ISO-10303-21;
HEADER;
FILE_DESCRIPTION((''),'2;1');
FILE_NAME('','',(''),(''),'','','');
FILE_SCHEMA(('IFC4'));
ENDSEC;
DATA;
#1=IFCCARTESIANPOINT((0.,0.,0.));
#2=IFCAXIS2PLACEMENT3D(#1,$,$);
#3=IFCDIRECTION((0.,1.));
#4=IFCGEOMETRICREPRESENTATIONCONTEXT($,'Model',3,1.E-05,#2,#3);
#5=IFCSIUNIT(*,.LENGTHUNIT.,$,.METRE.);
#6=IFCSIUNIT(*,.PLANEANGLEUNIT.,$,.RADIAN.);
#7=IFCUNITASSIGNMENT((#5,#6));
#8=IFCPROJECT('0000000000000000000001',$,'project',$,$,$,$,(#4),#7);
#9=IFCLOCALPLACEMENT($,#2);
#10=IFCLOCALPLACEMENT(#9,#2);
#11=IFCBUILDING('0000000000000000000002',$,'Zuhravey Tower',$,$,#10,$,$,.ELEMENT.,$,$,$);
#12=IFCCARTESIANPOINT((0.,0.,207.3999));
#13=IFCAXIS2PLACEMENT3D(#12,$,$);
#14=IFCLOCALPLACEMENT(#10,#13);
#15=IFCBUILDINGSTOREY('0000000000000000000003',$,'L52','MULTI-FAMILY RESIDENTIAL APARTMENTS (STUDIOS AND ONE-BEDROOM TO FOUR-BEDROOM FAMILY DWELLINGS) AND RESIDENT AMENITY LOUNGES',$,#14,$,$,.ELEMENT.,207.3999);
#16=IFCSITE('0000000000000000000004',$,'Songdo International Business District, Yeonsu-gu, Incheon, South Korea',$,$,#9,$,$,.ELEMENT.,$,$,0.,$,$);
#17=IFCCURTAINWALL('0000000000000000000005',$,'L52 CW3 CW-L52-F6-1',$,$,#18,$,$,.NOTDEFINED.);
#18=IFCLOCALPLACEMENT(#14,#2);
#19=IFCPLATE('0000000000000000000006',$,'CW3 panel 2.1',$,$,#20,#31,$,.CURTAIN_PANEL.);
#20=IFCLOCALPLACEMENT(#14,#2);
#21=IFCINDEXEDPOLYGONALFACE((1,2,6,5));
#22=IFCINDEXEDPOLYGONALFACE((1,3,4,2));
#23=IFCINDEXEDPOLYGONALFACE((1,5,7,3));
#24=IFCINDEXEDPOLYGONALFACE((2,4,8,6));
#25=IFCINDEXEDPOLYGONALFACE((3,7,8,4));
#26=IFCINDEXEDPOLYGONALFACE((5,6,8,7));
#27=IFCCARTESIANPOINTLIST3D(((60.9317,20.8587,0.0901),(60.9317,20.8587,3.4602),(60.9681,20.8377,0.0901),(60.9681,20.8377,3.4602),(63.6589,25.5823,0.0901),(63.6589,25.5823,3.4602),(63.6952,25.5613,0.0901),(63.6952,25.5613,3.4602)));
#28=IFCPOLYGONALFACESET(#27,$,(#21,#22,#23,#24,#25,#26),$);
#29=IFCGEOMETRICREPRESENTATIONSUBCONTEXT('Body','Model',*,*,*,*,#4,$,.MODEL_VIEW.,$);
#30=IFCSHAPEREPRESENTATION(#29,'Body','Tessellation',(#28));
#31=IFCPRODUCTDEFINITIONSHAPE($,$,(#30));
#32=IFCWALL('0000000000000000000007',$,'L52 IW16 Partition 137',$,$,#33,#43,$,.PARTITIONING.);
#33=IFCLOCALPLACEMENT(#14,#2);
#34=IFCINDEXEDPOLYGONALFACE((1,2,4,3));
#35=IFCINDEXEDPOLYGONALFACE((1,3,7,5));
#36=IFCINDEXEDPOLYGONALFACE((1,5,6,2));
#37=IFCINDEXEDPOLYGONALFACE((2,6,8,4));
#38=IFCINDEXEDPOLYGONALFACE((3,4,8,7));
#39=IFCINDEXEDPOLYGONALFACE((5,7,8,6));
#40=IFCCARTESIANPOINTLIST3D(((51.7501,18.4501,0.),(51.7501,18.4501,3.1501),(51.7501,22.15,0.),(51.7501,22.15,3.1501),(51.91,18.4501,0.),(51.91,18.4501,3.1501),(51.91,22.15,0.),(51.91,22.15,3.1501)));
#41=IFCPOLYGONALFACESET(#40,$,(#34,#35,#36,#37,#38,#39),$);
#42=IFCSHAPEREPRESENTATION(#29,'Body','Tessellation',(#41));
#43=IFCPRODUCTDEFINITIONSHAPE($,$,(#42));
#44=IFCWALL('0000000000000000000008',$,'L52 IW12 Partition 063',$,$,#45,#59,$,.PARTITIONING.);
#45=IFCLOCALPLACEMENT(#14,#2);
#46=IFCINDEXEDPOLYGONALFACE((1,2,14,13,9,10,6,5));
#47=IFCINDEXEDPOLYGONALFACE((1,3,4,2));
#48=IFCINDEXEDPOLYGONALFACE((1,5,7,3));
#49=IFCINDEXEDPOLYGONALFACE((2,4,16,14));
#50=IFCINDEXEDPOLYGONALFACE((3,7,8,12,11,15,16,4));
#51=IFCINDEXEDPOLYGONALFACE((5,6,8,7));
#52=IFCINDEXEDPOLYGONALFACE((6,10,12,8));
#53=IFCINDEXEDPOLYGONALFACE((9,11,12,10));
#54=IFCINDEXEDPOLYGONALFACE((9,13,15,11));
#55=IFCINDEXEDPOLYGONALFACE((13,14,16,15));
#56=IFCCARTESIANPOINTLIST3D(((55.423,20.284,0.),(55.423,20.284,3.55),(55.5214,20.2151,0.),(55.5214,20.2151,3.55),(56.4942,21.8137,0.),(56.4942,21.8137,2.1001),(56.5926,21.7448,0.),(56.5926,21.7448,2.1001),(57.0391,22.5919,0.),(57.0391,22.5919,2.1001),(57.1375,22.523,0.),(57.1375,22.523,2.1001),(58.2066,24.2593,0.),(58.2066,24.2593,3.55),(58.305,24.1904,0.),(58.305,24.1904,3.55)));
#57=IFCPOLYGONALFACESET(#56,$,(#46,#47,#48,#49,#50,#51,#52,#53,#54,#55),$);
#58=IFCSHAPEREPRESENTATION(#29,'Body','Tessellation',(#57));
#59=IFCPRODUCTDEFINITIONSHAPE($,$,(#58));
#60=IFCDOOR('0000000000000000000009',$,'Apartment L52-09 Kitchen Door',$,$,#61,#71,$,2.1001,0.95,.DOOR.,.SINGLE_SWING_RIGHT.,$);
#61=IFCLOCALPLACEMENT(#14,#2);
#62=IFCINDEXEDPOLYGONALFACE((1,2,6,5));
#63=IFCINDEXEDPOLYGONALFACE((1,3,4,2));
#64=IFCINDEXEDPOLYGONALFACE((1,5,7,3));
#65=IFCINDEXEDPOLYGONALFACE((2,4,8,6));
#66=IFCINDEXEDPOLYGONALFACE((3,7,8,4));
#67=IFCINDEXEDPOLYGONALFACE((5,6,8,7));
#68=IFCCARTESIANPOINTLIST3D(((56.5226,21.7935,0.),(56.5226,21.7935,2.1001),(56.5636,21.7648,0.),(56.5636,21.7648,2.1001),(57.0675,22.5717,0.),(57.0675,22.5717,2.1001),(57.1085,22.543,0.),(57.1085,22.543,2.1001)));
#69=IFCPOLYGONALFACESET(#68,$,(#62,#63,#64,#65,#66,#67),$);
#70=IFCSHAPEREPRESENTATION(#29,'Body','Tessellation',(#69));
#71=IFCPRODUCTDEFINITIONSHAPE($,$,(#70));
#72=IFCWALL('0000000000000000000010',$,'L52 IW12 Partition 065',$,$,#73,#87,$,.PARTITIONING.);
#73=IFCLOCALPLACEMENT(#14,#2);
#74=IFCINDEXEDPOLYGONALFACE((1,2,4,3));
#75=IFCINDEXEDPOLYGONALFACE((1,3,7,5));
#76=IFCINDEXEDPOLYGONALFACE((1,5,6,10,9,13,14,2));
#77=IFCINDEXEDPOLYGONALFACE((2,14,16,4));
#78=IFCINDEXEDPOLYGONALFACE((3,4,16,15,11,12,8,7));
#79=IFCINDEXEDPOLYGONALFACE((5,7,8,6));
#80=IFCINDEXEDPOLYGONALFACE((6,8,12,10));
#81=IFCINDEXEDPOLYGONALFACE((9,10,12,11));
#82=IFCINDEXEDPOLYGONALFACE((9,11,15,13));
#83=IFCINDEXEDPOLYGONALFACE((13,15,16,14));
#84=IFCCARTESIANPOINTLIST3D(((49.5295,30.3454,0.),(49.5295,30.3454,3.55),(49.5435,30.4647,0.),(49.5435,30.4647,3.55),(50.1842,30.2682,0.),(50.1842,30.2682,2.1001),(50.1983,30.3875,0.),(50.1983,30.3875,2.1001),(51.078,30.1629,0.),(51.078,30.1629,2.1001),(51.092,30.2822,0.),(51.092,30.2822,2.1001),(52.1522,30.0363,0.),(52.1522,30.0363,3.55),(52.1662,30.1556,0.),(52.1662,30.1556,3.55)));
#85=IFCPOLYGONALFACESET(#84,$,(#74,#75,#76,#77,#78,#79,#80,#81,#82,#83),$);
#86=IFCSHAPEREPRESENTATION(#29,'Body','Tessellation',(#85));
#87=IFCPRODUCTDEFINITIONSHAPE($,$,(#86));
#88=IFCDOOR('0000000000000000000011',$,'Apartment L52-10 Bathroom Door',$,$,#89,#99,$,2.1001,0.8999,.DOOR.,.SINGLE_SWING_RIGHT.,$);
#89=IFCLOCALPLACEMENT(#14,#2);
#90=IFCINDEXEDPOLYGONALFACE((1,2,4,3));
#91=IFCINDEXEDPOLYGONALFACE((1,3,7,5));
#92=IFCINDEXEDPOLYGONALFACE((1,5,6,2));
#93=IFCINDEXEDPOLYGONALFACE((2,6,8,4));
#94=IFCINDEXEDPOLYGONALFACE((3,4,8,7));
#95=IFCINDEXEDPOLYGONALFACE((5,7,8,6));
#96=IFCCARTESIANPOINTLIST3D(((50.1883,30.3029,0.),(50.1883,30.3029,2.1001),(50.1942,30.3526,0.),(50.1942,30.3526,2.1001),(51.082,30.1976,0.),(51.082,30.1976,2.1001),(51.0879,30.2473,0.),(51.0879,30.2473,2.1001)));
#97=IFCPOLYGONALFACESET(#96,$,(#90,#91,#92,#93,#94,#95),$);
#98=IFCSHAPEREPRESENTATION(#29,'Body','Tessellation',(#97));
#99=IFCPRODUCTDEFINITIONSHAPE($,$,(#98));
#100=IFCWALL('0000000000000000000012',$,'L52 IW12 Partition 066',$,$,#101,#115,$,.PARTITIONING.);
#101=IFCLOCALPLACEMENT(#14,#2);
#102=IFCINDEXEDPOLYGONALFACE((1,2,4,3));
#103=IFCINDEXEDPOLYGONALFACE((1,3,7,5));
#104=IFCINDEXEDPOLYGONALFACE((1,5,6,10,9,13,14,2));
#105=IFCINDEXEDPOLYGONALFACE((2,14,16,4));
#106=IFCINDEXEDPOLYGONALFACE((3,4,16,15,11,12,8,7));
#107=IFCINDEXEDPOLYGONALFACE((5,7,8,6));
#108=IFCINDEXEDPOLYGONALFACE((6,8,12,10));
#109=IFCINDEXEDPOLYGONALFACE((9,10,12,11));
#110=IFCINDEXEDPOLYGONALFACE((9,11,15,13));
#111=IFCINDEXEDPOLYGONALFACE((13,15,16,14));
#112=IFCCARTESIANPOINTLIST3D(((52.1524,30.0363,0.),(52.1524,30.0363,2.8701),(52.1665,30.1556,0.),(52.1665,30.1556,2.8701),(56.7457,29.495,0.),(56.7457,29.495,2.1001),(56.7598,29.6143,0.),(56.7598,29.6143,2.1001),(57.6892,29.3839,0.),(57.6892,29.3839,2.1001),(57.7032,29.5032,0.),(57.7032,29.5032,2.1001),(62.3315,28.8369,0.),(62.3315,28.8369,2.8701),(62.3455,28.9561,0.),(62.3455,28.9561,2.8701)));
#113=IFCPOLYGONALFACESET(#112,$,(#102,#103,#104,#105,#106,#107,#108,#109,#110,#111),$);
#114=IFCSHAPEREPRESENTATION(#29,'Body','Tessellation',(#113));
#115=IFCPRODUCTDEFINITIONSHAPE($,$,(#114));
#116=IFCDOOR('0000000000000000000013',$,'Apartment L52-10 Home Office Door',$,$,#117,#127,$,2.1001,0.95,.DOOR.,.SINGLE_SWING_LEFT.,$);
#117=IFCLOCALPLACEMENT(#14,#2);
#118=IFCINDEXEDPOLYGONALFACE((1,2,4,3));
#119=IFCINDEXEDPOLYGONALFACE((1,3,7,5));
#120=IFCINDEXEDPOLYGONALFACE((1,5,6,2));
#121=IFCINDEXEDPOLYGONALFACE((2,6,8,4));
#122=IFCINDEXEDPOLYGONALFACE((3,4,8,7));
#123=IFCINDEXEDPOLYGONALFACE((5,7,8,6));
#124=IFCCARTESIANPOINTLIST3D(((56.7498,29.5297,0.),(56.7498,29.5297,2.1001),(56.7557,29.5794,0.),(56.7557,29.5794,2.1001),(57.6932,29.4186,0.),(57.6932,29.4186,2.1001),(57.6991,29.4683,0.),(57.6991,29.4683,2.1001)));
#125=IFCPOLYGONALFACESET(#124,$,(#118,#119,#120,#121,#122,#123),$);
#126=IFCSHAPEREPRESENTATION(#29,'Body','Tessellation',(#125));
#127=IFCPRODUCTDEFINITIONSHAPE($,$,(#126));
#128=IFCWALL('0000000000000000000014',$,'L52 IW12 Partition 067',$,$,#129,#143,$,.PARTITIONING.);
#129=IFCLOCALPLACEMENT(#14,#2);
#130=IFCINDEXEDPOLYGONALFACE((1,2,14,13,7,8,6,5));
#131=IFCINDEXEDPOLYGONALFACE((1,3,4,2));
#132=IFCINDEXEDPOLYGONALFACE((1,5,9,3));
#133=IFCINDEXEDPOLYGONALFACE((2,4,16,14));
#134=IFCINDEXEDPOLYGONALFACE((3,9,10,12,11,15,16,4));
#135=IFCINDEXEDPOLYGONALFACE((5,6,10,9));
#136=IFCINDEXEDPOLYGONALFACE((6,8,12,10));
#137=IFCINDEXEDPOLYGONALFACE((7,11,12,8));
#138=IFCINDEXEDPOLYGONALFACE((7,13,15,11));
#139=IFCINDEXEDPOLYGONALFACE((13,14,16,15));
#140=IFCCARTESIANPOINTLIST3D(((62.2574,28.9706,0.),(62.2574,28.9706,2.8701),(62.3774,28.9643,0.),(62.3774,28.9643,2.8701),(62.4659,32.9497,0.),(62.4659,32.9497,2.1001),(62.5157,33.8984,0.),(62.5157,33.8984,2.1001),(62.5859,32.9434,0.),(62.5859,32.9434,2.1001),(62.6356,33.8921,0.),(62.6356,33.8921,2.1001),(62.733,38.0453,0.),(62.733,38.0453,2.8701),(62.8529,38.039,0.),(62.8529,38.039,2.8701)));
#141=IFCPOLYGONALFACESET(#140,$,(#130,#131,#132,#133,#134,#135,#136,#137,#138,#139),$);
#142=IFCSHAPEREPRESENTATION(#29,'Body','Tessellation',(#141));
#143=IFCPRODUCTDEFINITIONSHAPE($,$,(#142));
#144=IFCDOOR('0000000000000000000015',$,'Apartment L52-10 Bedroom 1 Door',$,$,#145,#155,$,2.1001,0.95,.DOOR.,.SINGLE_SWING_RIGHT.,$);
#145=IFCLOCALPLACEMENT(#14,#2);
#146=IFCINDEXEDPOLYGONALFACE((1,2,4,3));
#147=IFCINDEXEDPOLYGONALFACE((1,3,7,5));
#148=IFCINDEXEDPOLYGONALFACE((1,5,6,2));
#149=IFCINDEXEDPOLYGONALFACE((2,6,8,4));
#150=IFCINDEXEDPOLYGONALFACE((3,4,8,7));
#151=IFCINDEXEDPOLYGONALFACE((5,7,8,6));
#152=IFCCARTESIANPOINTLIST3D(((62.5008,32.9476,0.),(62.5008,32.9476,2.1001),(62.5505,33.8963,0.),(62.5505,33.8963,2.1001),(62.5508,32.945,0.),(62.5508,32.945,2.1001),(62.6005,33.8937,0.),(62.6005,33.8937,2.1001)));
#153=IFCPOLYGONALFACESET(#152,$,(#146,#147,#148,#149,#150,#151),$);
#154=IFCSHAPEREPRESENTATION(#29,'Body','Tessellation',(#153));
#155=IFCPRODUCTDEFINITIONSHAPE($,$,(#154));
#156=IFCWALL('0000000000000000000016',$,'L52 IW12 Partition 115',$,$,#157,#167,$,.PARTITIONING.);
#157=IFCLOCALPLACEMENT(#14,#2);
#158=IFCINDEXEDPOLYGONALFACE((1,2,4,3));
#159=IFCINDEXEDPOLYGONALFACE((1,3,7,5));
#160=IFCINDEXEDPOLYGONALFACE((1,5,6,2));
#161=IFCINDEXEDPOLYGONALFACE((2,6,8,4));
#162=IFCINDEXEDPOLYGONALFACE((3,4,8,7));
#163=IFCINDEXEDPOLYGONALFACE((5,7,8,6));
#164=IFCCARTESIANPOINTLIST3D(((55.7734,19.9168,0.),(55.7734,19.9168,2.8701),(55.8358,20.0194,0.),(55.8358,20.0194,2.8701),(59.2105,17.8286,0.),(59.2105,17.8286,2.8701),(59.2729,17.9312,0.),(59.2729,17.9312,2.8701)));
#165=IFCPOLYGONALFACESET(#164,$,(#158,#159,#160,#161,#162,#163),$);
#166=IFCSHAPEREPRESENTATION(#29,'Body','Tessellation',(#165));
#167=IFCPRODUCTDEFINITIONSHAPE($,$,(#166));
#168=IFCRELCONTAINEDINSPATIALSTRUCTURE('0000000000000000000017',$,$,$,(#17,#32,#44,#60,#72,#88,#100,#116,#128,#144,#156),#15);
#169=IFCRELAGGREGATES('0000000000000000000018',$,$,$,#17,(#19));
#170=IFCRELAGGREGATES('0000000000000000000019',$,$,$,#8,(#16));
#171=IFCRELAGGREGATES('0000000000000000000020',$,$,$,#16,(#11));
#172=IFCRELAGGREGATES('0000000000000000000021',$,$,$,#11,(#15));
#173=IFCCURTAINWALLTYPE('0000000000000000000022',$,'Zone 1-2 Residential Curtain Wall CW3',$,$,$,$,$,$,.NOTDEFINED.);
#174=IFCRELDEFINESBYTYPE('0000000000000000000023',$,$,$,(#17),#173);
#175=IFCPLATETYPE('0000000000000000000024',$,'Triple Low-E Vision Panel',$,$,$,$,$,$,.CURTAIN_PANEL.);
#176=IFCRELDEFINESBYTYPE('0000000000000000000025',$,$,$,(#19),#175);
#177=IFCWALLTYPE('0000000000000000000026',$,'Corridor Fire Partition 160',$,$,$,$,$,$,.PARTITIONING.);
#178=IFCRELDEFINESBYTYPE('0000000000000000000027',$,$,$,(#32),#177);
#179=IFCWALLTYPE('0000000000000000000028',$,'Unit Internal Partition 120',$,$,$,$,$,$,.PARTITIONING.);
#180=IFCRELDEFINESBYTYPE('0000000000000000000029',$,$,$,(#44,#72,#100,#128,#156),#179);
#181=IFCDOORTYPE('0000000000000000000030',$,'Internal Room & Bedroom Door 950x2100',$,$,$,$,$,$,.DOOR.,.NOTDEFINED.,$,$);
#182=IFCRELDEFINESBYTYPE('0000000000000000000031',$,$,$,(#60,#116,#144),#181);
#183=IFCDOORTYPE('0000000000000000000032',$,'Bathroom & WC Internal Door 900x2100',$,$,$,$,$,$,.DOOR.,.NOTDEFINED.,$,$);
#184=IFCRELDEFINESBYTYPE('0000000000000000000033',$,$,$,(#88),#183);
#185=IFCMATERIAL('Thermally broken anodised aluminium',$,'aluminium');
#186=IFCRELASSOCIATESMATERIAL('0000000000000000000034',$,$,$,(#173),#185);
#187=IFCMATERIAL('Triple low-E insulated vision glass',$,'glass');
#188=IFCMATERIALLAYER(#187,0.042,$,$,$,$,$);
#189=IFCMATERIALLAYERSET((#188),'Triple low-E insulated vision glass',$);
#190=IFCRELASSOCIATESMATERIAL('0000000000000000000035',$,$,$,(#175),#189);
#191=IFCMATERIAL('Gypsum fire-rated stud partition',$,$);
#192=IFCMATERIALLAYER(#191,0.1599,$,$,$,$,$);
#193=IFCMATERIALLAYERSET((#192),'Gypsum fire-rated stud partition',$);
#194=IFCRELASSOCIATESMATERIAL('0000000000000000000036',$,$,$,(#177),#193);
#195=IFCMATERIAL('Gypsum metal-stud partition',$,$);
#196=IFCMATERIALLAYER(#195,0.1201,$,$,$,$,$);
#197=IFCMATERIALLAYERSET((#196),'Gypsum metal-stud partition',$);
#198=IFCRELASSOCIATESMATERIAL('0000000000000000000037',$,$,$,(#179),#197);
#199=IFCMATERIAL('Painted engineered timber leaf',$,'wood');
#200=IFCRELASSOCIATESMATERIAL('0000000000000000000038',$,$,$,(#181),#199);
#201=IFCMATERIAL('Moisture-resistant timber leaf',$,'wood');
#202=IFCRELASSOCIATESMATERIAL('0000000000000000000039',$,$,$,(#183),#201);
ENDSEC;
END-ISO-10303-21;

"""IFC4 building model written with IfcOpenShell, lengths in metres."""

from ifc_helpers import new_model, si_unit, direction, frame, frame_2d, origin, origin_2d, place, context, subcontext, project, spatial, rectangle, extrude, material, layer, layer_set, type_object, element, fill, aggregate, save


model = new_model("IFC4")

# Units and contexts
model_context = context("Model", 3, precision=1e-05, world=origin(), true_north=direction((0.0, 1.0)))
body_context = subcontext(model_context, "Body", "Model", "MODEL_VIEW")
ifc_project = project(units=[si_unit("LENGTHUNIT", "METRE"), si_unit("PLANEANGLEUNIT", "RADIAN")], contexts=[model_context])

# Site, building, storey
site_placement = place(None, origin())
site = spatial("IfcSite", under=ifc_project, at=site_placement, Name="Songdo International Business District, Yeonsu-gu, Incheon, South Korea", CompositionType="ELEMENT", RefElevation=0.0)
building_placement = place(site_placement, origin())
building = spatial("IfcBuilding", under=site, at=building_placement, Name="Zuhravey Tower", CompositionType="ELEMENT")
storey_placement = place(building_placement, frame((0.0, 0.0, 207.3999)))
storey = spatial("IfcBuildingStorey", under=building, at=storey_placement, Name="L52", Description="MULTI-FAMILY RESIDENTIAL APARTMENTS (STUDIOS AND ONE-BEDROOM TO FOUR-BEDROOM FAMILY DWELLINGS) AND RESIDENT AMENITY LOUNGES", CompositionType="ELEMENT", Elevation=207.3999)

# Curtain wall
ifc_material_1 = material(Name="Thermally broken anodised aluminium", Category="aluminium")
curtain_wall_type = type_object("IfcCurtainWallType", Name="Zone 1-2 Residential Curtain Wall CW3", PredefinedType="NOTDEFINED", material=ifc_material_1)
curtain_wall_placement = place(storey_placement, origin())
curtain_wall = element("IfcCurtainWall", 1, at=curtain_wall_placement, inside=storey, type_object=curtain_wall_type, Name="L52 CW3 CW-L52-F6-1", PredefinedType="NOTDEFINED")

# Plate
ifc_material_2 = material(Name="Triple low-E insulated vision glass", Category="glass")
ifc_layer_1 = layer(ifc_material_2, 0.042)
ifc_layer_set_1 = layer_set([ifc_layer_1], Name="Triple low-E insulated vision glass")
plate_type_1 = type_object("IfcPlateType", Name="Triple Low-E Vision Panel", PredefinedType="CURTAIN_PANEL", material=ifc_layer_set_1)
plate_1_placement = place(storey_placement, frame((62.3135, 23.21, 0.0901), z_axis=(0.0, 0.0, 1.0), x_axis=(-0.5, -0.866025, 0.0)))
plate_1 = element("IfcPlate", 2, at=plate_1_placement, type_object=plate_type_1, Name="CW3 panel 2.1", PredefinedType="CURTAIN_PANEL", context=body_context, shape_type="SweptSolid", body=[
    extrude(rectangle(XDim=5.4543, YDim=0.042, at=origin_2d()), origin(), (0.0, 0.0, 1.0), 3.3701),
])
aggregate(curtain_wall, [plate_1])

# Shared definitions
ifc_material_3 = material(Name="Gypsum fire-rated stud partition")
ifc_layer_2 = layer(ifc_material_3, 0.1599)
ifc_layer_set_2 = layer_set([ifc_layer_2], Name="Gypsum fire-rated stud partition")
wall_type_1 = type_object("IfcWallType", Name="Corridor Fire Partition 160", PredefinedType="PARTITIONING", material=ifc_layer_set_2)

# Wall
wall_1_placement = place(storey_placement, frame((51.8301, 18.45, 0.0), z_axis=(0.0, 0.0, 1.0), x_axis=(0.0, 1.0, 0.0)))
element("IfcWall", 3, at=wall_1_placement, inside=storey, type_object=wall_type_1, Name="L52 IW16 Partition 137", PredefinedType="PARTITIONING", context=body_context, shape_type="SweptSolid", body=[
    extrude(rectangle(XDim=3.7, YDim=0.1599, at=frame_2d((1.8501, 0.0))), origin(), (0.0, 0.0, 1.0), 3.1501),
])

# Walls, openings, doors
ifc_material_4 = material(Name="Gypsum metal-stud partition")
ifc_layer_3 = layer(ifc_material_4, 0.1201)
ifc_layer_set_3 = layer_set([ifc_layer_3], Name="Gypsum metal-stud partition")
wall_type_2 = type_object("IfcWallType", Name="Unit Internal Partition 120", PredefinedType="PARTITIONING", material=ifc_layer_set_3)
wall_2_placement = place(storey_placement, frame((55.4722, 20.2495, 0.0), z_axis=(0.0, 0.0, 1.0), x_axis=(0.573594, 0.81914, 0.0)))
wall_2 = element("IfcWall", 4, at=wall_2_placement, inside=storey, type_object=wall_type_2, Name="L52 IW12 Partition 063", PredefinedType="PARTITIONING", context=body_context, shape_type="SweptSolid", body=[
    extrude(rectangle(XDim=4.853, YDim=0.1201, at=frame_2d((2.4265, 0.0))), origin(), (0.0, 0.0, 1.0), 3.55),
])
opening_1_placement = place(wall_2_placement, frame((1.8674, 0.0, 0.0)))
opening_1 = element("IfcOpeningElement", 5, at=opening_1_placement, cuts=wall_2, PredefinedType="OPENING", context=body_context, shape_type="SweptSolid", body=[
    extrude(rectangle(XDim=0.95, YDim=2.1001, at=frame_2d((0.4751, 1.05))), frame((0.0, 0.072, 0.0), z_axis=(0.0, -1.0, 0.0), x_axis=(1.0, 0.0, 0.0)), (0.0, 0.0, 1.0), 0.144),
])
ifc_material_5 = material(Name="Painted engineered timber leaf", Category="wood")
door_type_1 = type_object("IfcDoorType", Name="Internal Room & Bedroom Door 950x2100", OperationType="NOTDEFINED", PredefinedType="DOOR", material=ifc_material_5)
door_1_placement = place(opening_1_placement, frame((0.95, 0.0, 0.0), z_axis=(0.0, 0.0, 1.0), x_axis=(-1.0, 0.0, 0.0)))
door_1 = element("IfcDoor", 6, at=door_1_placement, inside=storey, type_object=door_type_1, Name="Apartment L52-09 Kitchen Door", OperationType="SINGLE_SWING_RIGHT", OverallHeight=2.1001, OverallWidth=0.95, PredefinedType="DOOR", context=body_context, shape_type="SweptSolid", body=[
    extrude(rectangle(XDim=0.95, YDim=2.1001, at=frame_2d((0.4751, 1.05))), frame((0.0, 0.0249, 0.0), z_axis=(0.0, -1.0, 0.0), x_axis=(1.0, 0.0, 0.0)), (0.0, 0.0, 1.0), 0.05),
])
fill(opening_1, door_1)
wall_3_placement = place(storey_placement, frame((49.5366, 30.405, 0.0), z_axis=(0.0, 0.0, 1.0), x_axis=(0.993128, -0.117034, 0.0)))
wall_3 = element("IfcWall", 7, at=wall_3_placement, inside=storey, type_object=wall_type_2, Name="L52 IW12 Partition 065", PredefinedType="PARTITIONING", context=body_context, shape_type="SweptSolid", body=[
    extrude(rectangle(XDim=2.6409, YDim=0.1201, at=frame_2d((1.3203, 0.0))), origin(), (0.0, 0.0, 1.0), 3.55),
])
opening_2_placement = place(wall_3_placement, frame((0.6592, 0.0, 0.0)))
opening_2 = element("IfcOpeningElement", 8, at=opening_2_placement, cuts=wall_3, PredefinedType="OPENING", context=body_context, shape_type="SweptSolid", body=[
    extrude(rectangle(XDim=0.8999, YDim=2.1001, at=frame_2d((0.45, 1.05))), frame((0.0, 0.072, 0.0), z_axis=(0.0, -1.0, 0.0), x_axis=(1.0, 0.0, 0.0)), (0.0, 0.0, 1.0), 0.144),
])
ifc_material_6 = material(Name="Moisture-resistant timber leaf", Category="wood")
door_type_2 = type_object("IfcDoorType", Name="Bathroom & WC Internal Door 900x2100", OperationType="NOTDEFINED", PredefinedType="DOOR", material=ifc_material_6)
door_2_placement = place(opening_2_placement, origin())
door_2 = element("IfcDoor", 9, at=door_2_placement, inside=storey, type_object=door_type_2, Name="Apartment L52-10 Bathroom Door", OperationType="SINGLE_SWING_RIGHT", OverallHeight=2.1001, OverallWidth=0.8999, PredefinedType="DOOR", context=body_context, shape_type="SweptSolid", body=[
    extrude(rectangle(XDim=0.8999, YDim=2.1001, at=frame_2d((0.45, 1.05))), frame((0.0, 0.0249, 0.0), z_axis=(0.0, -1.0, 0.0), x_axis=(1.0, 0.0, 0.0)), (0.0, 0.0, 1.0), 0.05),
])
fill(opening_2, door_2)
wall_4_placement = place(storey_placement, frame((52.1594, 30.0959, 0.0), z_axis=(0.0, 0.0, 1.0), x_axis=(0.993129, -0.117025, 0.0)))
wall_4 = element("IfcWall", 10, at=wall_4_placement, inside=storey, type_object=wall_type_2, Name="L52 IW12 Partition 066", PredefinedType="PARTITIONING", context=body_context, shape_type="SweptSolid", body=[
    extrude(rectangle(XDim=10.2495, YDim=0.1201, at=frame_2d((5.1248, 0.0))), origin(), (0.0, 0.0, 1.0), 2.8701),
])
opening_3_placement = place(wall_4_placement, frame((4.625, 0.0, 0.0)))
opening_3 = element("IfcOpeningElement", 11, at=opening_3_placement, cuts=wall_4, PredefinedType="OPENING", context=body_context, shape_type="SweptSolid", body=[
    extrude(rectangle(XDim=0.95, YDim=2.1001, at=frame_2d((0.4751, 1.05))), frame((0.0, 0.072, 0.0), z_axis=(0.0, -1.0, 0.0), x_axis=(1.0, 0.0, 0.0)), (0.0, 0.0, 1.0), 0.144),
])
door_3_placement = place(opening_3_placement, origin())
door_3 = element("IfcDoor", 12, at=door_3_placement, inside=storey, type_object=door_type_1, Name="Apartment L52-10 Home Office Door", OperationType="SINGLE_SWING_LEFT", OverallHeight=2.1001, OverallWidth=0.95, PredefinedType="DOOR", context=body_context, shape_type="SweptSolid", body=[
    extrude(rectangle(XDim=0.95, YDim=2.1001, at=frame_2d((0.4751, 1.05))), frame((0.0, 0.0249, 0.0), z_axis=(0.0, -1.0, 0.0), x_axis=(1.0, 0.0, 0.0)), (0.0, 0.0, 1.0), 0.05),
])
fill(opening_3, door_3)
wall_5_placement = place(storey_placement, frame((62.3174, 28.9675, 0.0), z_axis=(0.0, 0.0, 1.0), x_axis=(0.052336, 0.99863, 0.0)))
wall_5 = element("IfcWall", 13, at=wall_5_placement, inside=storey, type_object=wall_type_2, Name="L52 IW12 Partition 067", PredefinedType="PARTITIONING", context=body_context, shape_type="SweptSolid", body=[
    extrude(rectangle(XDim=9.0872, YDim=0.1201, at=frame_2d((4.5435, 0.0))), origin(), (0.0, 0.0, 1.0), 2.8701),
])
opening_4_placement = place(wall_5_placement, frame((3.9844, 0.0, 0.0)))
opening_4 = element("IfcOpeningElement", 14, at=opening_4_placement, cuts=wall_5, PredefinedType="OPENING", context=body_context, shape_type="SweptSolid", body=[
    extrude(rectangle(XDim=0.95, YDim=2.1001, at=frame_2d((0.4751, 1.05))), frame((0.0, 0.072, 0.0), z_axis=(0.0, -1.0, 0.0), x_axis=(1.0, 0.0, 0.0)), (0.0, 0.0, 1.0), 0.144),
])
door_4_placement = place(opening_4_placement, frame((0.95, 0.0, 0.0), z_axis=(0.0, 0.0, 1.0), x_axis=(-1.0, 0.0, 0.0)))
door_4 = element("IfcDoor", 15, at=door_4_placement, inside=storey, type_object=door_type_1, Name="Apartment L52-10 Bedroom 1 Door", OperationType="SINGLE_SWING_RIGHT", OverallHeight=2.1001, OverallWidth=0.95, PredefinedType="DOOR", context=body_context, shape_type="SweptSolid", body=[
    extrude(rectangle(XDim=0.95, YDim=2.1001, at=frame_2d((0.4751, 1.05))), frame((0.0, 0.0249, 0.0), z_axis=(0.0, -1.0, 0.0), x_axis=(1.0, 0.0, 0.0)), (0.0, 0.0, 1.0), 0.05),
])
fill(opening_4, door_4)

# Wall
wall_6_placement = place(storey_placement, frame((55.8047, 19.968, 0.0), z_axis=(0.0, 0.0, 1.0), x_axis=(0.854636, -0.519228, 0.0)))
element("IfcWall", 16, at=wall_6_placement, inside=storey, type_object=wall_type_2, Name="L52 IW12 Partition 115", PredefinedType="PARTITIONING", context=body_context, shape_type="SweptSolid", body=[
    extrude(rectangle(XDim=4.0217, YDim=0.1201, at=frame_2d((2.0107, 0.0))), origin(), (0.0, 0.0, 1.0), 2.8701),
])

save(model, "model.ifc")
